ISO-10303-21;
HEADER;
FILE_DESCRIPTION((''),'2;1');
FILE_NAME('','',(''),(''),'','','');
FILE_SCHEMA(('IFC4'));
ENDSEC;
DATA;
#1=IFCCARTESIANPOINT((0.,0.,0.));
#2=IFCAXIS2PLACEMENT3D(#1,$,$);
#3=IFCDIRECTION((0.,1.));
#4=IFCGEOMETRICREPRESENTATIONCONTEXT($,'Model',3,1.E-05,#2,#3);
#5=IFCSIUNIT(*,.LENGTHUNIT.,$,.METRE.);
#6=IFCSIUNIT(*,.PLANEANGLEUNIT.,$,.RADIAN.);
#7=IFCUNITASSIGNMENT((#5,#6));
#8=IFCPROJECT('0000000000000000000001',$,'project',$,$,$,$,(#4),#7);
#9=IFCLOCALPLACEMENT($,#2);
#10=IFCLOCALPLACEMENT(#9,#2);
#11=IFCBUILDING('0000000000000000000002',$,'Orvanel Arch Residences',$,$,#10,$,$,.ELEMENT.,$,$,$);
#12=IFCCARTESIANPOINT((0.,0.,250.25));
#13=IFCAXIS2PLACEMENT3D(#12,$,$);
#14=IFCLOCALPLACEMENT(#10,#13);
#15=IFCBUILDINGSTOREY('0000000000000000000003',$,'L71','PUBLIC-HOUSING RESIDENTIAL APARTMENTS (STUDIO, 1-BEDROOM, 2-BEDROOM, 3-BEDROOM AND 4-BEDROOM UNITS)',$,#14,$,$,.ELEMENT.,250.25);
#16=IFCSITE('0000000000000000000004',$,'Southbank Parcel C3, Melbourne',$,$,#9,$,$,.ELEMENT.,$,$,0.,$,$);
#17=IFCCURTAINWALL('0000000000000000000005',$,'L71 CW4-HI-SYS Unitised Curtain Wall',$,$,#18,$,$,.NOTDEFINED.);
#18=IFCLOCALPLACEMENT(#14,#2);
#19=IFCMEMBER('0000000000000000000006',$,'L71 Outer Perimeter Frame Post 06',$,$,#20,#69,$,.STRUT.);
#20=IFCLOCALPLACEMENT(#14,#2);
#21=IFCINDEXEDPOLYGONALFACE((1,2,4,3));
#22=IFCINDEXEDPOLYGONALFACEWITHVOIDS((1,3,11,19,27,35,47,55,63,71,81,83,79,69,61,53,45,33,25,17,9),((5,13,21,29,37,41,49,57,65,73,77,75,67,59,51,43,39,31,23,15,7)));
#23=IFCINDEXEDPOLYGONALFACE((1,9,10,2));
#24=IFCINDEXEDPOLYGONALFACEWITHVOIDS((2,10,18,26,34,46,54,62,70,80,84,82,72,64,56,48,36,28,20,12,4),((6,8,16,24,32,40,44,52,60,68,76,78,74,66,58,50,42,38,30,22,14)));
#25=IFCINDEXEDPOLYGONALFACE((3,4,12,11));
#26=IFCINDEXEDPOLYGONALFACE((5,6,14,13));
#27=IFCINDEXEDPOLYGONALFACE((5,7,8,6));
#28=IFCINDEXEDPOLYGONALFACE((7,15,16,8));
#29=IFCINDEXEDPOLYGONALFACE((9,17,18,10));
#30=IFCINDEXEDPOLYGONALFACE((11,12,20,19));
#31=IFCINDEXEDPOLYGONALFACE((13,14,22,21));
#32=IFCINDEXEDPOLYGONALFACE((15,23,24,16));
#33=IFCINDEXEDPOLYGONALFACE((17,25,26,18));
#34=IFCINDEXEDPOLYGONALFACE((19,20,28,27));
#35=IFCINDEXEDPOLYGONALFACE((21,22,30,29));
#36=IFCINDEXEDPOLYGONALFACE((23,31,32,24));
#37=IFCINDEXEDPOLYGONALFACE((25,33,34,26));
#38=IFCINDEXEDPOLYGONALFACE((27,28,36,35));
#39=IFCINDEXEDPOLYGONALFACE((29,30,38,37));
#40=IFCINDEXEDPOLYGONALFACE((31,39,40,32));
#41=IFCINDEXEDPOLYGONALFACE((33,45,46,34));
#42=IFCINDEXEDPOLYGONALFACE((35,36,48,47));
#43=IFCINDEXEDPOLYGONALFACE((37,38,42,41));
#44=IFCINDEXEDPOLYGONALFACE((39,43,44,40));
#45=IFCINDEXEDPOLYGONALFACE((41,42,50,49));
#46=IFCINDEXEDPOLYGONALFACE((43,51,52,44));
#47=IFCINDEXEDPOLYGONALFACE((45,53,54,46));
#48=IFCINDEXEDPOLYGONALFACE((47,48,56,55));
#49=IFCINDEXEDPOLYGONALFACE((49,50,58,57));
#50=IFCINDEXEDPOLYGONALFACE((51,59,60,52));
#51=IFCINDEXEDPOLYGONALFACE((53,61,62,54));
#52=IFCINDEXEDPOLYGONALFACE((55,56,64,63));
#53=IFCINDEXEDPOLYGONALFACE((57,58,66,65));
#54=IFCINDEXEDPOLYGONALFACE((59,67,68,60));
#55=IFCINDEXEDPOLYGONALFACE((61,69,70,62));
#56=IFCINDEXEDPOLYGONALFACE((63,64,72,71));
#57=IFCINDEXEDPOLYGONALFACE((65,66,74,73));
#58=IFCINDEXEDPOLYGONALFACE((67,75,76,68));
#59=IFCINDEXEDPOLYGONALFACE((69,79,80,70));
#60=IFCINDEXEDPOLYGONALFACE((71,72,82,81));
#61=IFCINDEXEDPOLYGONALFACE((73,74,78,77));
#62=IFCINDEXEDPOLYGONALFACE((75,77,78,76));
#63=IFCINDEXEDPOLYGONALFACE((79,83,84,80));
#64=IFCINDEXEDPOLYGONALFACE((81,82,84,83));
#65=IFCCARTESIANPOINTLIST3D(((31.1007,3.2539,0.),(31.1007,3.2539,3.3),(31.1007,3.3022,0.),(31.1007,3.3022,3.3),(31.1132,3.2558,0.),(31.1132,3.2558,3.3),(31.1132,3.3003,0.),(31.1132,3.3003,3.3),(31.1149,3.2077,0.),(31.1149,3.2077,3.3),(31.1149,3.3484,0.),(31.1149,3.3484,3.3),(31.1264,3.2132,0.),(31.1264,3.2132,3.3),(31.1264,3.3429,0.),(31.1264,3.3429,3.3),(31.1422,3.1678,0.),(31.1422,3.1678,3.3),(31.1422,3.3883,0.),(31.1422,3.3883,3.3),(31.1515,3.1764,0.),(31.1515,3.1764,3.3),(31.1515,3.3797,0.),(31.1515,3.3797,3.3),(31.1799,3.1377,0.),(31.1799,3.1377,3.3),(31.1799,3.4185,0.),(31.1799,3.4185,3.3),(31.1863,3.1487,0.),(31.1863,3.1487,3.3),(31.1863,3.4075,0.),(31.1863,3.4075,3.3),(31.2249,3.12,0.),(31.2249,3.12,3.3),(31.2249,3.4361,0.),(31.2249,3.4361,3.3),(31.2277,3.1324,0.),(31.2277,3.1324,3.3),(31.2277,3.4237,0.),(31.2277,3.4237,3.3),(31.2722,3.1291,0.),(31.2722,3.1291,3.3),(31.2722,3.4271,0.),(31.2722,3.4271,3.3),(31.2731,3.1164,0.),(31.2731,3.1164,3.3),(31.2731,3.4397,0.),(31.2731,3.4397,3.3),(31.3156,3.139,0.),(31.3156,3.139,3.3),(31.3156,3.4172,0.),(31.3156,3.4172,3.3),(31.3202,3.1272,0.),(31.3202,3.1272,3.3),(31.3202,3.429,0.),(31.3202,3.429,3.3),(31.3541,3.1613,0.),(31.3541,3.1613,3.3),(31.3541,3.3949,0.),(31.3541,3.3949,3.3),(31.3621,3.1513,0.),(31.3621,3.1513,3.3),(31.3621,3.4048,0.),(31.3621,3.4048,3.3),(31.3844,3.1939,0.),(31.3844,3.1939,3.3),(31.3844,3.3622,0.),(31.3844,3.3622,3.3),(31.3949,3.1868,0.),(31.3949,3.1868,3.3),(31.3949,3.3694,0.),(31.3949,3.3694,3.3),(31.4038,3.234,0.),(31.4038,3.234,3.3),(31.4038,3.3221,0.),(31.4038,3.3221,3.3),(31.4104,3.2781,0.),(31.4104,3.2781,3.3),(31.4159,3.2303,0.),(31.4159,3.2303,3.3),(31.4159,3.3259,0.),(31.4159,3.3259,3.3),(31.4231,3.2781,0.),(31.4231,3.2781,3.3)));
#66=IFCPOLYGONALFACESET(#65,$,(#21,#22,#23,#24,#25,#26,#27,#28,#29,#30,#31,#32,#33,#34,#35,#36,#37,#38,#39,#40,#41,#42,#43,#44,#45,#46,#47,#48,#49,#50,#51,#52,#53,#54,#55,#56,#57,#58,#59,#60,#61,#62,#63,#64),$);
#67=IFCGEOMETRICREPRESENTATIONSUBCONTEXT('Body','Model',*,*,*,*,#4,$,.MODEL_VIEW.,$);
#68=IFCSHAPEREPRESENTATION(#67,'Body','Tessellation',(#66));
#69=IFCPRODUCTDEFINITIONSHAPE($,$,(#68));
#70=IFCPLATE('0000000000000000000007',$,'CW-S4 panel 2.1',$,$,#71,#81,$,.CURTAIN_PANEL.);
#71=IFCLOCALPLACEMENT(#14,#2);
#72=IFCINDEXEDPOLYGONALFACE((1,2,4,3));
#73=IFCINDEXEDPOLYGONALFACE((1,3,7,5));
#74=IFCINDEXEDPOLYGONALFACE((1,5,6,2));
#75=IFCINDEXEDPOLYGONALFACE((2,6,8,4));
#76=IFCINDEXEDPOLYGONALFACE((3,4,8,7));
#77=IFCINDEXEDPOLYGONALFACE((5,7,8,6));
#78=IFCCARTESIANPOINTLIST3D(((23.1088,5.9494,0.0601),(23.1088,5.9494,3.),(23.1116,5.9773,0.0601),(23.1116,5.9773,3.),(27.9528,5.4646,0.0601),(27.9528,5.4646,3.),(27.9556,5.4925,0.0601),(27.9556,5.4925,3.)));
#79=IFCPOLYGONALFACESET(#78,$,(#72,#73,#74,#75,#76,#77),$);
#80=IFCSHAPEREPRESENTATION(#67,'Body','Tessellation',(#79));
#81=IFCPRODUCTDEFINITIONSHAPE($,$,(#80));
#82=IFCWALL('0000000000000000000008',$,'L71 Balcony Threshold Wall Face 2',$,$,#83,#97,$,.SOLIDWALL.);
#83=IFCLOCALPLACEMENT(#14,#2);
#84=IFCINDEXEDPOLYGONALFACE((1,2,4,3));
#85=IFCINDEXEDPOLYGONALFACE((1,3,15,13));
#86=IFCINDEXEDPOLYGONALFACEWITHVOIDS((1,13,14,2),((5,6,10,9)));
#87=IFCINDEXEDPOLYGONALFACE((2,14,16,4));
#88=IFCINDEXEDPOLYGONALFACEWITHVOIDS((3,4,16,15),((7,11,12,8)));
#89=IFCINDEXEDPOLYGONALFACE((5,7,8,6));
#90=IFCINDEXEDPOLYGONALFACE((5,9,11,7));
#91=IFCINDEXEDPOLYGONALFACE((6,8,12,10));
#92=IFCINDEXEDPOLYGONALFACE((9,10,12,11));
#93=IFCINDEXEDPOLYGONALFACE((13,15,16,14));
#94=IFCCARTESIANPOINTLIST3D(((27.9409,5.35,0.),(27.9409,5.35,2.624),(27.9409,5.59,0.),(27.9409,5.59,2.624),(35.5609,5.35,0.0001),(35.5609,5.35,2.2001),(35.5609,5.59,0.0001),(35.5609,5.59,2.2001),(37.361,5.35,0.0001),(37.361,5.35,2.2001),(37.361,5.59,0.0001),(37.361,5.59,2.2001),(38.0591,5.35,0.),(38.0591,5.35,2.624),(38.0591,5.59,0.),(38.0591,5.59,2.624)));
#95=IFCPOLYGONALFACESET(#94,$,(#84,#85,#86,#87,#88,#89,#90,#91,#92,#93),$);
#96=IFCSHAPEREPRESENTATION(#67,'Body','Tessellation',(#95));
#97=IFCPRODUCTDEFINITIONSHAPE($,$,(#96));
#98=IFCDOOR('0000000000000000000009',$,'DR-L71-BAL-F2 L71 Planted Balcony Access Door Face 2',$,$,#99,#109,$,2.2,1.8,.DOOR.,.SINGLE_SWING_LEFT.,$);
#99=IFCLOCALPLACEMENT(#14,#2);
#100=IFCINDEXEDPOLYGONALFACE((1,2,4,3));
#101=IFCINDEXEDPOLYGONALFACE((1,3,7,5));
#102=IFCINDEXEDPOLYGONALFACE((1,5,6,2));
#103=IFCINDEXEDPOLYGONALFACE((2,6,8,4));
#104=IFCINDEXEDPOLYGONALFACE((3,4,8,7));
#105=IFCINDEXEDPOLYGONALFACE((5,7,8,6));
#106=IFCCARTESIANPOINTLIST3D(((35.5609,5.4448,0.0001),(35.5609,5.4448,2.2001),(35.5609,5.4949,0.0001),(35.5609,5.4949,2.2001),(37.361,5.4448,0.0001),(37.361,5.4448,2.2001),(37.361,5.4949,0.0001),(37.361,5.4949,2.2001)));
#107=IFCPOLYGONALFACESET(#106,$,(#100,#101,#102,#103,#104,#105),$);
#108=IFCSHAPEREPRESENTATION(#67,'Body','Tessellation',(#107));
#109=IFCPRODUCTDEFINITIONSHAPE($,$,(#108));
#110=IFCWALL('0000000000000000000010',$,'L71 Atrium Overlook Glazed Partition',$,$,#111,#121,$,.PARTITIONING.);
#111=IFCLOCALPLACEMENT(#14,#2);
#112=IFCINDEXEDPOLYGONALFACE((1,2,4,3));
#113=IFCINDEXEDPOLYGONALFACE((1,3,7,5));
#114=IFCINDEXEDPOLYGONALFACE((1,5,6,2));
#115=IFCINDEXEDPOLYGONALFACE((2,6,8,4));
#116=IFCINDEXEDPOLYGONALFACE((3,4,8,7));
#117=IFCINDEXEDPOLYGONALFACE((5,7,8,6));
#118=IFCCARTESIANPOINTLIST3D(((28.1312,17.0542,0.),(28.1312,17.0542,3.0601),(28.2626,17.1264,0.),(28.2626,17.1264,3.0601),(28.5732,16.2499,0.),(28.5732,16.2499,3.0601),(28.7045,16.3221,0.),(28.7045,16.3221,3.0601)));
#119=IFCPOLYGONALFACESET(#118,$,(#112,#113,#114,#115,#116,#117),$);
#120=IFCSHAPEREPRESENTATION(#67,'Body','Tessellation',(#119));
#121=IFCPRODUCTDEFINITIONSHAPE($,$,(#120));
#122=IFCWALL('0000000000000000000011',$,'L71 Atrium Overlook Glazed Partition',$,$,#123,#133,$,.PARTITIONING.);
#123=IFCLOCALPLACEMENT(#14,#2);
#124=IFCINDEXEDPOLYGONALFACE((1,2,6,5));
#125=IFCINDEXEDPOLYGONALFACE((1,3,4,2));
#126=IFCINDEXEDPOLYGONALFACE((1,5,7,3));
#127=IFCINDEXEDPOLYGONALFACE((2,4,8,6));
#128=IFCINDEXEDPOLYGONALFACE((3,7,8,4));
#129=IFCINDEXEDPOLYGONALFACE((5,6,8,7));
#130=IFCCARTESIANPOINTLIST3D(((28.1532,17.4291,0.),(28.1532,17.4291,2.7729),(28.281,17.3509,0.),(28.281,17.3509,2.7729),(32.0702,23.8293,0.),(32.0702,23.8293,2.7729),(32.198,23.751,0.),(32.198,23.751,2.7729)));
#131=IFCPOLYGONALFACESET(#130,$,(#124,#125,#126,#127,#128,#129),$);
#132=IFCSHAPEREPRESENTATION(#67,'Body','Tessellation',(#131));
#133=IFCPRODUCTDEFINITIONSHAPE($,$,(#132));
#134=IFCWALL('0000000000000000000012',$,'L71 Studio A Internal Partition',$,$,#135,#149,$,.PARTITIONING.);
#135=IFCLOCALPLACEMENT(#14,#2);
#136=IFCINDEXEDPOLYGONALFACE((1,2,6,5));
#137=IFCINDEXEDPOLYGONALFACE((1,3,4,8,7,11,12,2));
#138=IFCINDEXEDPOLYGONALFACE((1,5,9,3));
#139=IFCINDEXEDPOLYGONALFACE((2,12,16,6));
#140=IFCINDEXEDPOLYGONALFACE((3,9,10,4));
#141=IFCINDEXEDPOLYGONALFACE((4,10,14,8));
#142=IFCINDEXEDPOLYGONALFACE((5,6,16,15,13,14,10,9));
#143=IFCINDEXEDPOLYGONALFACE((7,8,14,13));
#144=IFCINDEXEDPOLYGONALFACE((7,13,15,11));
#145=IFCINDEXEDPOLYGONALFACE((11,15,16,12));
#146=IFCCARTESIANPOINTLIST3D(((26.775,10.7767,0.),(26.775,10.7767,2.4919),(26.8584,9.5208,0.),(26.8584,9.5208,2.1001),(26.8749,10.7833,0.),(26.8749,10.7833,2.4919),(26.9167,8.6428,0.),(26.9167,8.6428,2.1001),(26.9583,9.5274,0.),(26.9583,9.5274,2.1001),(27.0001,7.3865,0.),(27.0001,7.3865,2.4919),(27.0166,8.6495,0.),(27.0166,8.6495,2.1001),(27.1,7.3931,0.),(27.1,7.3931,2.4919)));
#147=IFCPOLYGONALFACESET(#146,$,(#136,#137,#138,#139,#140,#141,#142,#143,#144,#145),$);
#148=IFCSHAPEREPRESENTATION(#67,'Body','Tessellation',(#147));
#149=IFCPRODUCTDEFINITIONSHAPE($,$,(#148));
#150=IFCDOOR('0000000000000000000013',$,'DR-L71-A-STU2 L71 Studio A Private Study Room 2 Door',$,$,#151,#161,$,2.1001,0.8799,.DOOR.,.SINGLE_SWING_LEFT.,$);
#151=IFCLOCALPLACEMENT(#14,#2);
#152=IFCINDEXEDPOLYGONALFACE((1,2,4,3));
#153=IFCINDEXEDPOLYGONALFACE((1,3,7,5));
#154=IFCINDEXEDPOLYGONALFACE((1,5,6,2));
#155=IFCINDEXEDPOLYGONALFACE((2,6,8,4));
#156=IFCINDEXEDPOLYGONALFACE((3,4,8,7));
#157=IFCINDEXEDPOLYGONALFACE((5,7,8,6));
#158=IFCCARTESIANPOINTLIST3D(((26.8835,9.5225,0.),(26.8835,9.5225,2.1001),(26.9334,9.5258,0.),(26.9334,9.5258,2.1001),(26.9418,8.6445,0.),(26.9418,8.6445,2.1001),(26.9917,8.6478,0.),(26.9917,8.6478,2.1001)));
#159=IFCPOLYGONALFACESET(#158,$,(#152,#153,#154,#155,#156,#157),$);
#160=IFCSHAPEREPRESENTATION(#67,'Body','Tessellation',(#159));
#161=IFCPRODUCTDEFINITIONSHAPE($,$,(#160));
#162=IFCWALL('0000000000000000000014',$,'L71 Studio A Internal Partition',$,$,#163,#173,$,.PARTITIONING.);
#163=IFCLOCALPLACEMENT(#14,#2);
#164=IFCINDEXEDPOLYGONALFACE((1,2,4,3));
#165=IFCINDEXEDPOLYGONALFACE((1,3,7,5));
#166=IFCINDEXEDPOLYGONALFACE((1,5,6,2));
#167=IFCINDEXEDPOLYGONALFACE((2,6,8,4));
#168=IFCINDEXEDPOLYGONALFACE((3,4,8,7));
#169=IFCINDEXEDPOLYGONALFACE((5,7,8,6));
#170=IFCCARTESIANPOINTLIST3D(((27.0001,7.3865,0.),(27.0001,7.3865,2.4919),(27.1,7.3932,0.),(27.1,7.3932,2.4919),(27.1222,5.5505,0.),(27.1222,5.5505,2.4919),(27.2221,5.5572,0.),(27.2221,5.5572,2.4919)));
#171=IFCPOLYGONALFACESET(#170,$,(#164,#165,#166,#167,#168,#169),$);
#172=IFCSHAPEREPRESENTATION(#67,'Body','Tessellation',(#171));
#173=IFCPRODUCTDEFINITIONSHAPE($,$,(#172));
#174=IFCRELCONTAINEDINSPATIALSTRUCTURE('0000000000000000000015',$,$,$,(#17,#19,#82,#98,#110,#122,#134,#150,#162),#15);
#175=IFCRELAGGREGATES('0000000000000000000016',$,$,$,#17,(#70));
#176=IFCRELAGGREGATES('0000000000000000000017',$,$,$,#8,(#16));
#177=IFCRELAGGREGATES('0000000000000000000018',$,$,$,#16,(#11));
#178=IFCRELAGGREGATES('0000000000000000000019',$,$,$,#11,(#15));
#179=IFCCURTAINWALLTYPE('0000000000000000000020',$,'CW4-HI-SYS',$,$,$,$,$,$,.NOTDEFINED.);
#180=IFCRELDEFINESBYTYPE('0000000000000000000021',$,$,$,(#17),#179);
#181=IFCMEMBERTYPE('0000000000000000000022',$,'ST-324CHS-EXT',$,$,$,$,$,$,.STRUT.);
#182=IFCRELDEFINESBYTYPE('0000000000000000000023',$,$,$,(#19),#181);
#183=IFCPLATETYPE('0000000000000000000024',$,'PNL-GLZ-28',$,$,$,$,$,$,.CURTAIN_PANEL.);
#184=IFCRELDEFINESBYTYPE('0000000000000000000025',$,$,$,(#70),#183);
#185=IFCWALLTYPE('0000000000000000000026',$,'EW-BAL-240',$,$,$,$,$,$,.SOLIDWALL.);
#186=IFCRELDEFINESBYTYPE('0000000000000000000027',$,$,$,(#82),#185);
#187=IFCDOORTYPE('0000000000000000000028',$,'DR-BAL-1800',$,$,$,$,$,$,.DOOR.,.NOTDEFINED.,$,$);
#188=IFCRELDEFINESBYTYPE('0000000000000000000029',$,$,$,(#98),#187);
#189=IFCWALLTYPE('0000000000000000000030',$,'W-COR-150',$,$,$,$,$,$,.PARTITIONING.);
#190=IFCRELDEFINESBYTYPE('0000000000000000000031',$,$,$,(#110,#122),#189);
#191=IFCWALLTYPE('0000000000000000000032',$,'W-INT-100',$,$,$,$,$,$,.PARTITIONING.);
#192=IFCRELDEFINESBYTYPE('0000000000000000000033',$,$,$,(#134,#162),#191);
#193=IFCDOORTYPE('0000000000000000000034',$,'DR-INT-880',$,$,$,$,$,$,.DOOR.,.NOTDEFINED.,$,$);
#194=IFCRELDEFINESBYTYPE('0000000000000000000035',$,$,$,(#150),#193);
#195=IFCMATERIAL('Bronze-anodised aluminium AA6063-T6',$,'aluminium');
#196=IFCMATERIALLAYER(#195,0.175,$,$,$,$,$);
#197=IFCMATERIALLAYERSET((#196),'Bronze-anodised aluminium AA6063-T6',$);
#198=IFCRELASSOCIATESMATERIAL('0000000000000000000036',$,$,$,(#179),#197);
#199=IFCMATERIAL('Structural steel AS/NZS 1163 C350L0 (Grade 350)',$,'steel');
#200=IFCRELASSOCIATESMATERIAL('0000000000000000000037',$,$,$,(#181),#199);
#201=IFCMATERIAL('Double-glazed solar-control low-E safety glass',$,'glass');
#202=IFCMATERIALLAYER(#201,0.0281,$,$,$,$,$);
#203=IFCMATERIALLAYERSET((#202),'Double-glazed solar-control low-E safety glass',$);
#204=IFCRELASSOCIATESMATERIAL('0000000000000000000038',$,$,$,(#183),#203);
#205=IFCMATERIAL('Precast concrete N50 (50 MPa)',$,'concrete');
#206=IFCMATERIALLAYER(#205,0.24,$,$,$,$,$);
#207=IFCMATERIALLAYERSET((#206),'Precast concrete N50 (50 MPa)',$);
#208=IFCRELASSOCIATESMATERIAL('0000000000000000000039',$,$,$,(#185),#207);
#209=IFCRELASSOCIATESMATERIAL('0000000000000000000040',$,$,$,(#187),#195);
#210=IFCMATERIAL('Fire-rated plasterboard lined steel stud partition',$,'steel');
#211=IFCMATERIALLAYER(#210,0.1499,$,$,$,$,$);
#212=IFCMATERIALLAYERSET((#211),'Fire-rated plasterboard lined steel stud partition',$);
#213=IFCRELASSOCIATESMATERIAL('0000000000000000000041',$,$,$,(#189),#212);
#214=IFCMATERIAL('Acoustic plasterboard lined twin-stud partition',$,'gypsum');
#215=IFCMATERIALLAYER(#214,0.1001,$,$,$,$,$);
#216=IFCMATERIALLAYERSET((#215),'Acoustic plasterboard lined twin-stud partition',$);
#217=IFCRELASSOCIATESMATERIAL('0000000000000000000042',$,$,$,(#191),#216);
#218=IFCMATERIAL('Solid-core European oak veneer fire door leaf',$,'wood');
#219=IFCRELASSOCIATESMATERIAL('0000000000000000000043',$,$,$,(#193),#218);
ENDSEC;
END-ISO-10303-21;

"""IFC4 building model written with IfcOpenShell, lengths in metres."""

from ifc_helpers import new_model, si_unit, direction, frame, frame_2d, origin, origin_2d, place, context, subcontext, project, spatial, rectangle, hollow_circle, extrude, material, layer, layer_set, material_profile, profile_set, type_object, element, fill, aggregate, save


model = new_model("IFC4")

# Units and contexts
model_context = context("Model", 3, precision=1e-05, world=origin(), true_north=direction((0.0, 1.0)))
body_context = subcontext(model_context, "Body", "Model", "MODEL_VIEW")
ifc_project = project(units=[si_unit("LENGTHUNIT", "METRE"), si_unit("PLANEANGLEUNIT", "RADIAN")], contexts=[model_context])

# Site, building, storey
site_placement = place(None, origin())
site = spatial("IfcSite", under=ifc_project, at=site_placement, Name="Southbank Parcel C3, Melbourne", CompositionType="ELEMENT", RefElevation=0.0)
building_placement = place(site_placement, origin())
building = spatial("IfcBuilding", under=site, at=building_placement, Name="Orvanel Arch Residences", CompositionType="ELEMENT")
storey_placement = place(building_placement, frame((0.0, 0.0, 250.25)))
storey = spatial("IfcBuildingStorey", under=building, at=storey_placement, Name="L71", Description="PUBLIC-HOUSING RESIDENTIAL APARTMENTS (STUDIO, 1-BEDROOM, 2-BEDROOM, 3-BEDROOM AND 4-BEDROOM UNITS)", CompositionType="ELEMENT", Elevation=250.25)

# Shared definitions
ifc_material_1 = material(Name="Structural steel AS/NZS 1163 C350L0 (Grade 350)", Category="steel")

# Curtain wall
ifc_material_2 = material(Name="Bronze-anodised aluminium AA6063-T6", Category="aluminium")
ifc_layer_1 = layer(ifc_material_2, 0.175)
ifc_layer_set_1 = layer_set([ifc_layer_1], Name="Bronze-anodised aluminium AA6063-T6")
curtain_wall_type = type_object("IfcCurtainWallType", Name="CW4-HI-SYS", PredefinedType="NOTDEFINED", material=ifc_layer_set_1)
curtain_wall_placement = place(storey_placement, origin())
curtain_wall = element("IfcCurtainWall", 1, at=curtain_wall_placement, inside=storey, type_object=curtain_wall_type, Name="L71 CW4-HI-SYS Unitised Curtain Wall", PredefinedType="NOTDEFINED")

# Member
ifc_material_profile_1 = material_profile(ifc_material_1, hollow_circle(Radius=0.1621, WallThickness=0.0127, at=origin_2d()), Name="CHS324x12.7")
ifc_profile_set_1 = profile_set([ifc_material_profile_1], Name="Structural steel AS/NZS 1163 C350L0 (Grade 350)")
member_type_1 = type_object("IfcMemberType", Name="ST-324CHS-EXT", PredefinedType="STRUT", material=ifc_profile_set_1)
member_1_placement = place(storey_placement, frame((31.261, 3.2781, 0.0), z_axis=(0.0, 0.0, 1.0), x_axis=(1.0, 0.0, 0.0)))
element("IfcMember", 2, at=member_1_placement, inside=storey, type_object=member_type_1, Name="L71 Outer Perimeter Frame Post 06", PredefinedType="STRUT", context=body_context, shape_type="SweptSolid", body=[
    extrude(hollow_circle(Radius=0.1621, WallThickness=0.0127, at=origin_2d()), origin(), (0.0, 0.0, 1.0), 3.3),
])

# Plate
ifc_material_3 = material(Name="Double-glazed solar-control low-E safety glass", Category="glass")
ifc_layer_2 = layer(ifc_material_3, 0.0281)
ifc_layer_set_2 = layer_set([ifc_layer_2], Name="Double-glazed solar-control low-E safety glass")
plate_type = type_object("IfcPlateType", Name="PNL-GLZ-28", PredefinedType="CURTAIN_PANEL", material=ifc_layer_set_2)
plate_placement = place(storey_placement, frame((25.5322, 5.7209, 0.0601), z_axis=(0.0, 0.0, 1.0), x_axis=(0.995029, -0.099583, 0.0)))
plate = element("IfcPlate", 3, at=plate_placement, type_object=plate_type, Name="CW-S4 panel 2.1", PredefinedType="CURTAIN_PANEL", context=body_context, shape_type="SweptSolid", body=[
    extrude(rectangle(XDim=4.8682, YDim=0.0281, at=origin_2d()), origin(), (0.0, 0.0, 1.0), 2.9399),
])
aggregate(curtain_wall, [plate])

# Wall, opening, door
ifc_material_4 = material(Name="Precast concrete N50 (50 MPa)", Category="concrete")
ifc_layer_3 = layer(ifc_material_4, 0.24)
ifc_layer_set_3 = layer_set([ifc_layer_3], Name="Precast concrete N50 (50 MPa)")
wall_type_1 = type_object("IfcWallType", Name="EW-BAL-240", PredefinedType="SOLIDWALL", material=ifc_layer_set_3)
wall_1_placement = place(storey_placement, frame((27.9409, 5.47, 0.0), z_axis=(0.0, 0.0, 1.0), x_axis=(1.0, 0.0, 0.0)))
wall_1 = element("IfcWall", 4, at=wall_1_placement, inside=storey, type_object=wall_type_1, Name="L71 Balcony Threshold Wall Face 2", PredefinedType="SOLIDWALL", context=body_context, shape_type="SweptSolid", body=[
    extrude(rectangle(XDim=10.1182, YDim=0.24, at=frame_2d((5.0591, 0.0))), origin(), (0.0, 0.0, 1.0), 2.624),
])
opening_1_placement = place(wall_1_placement, frame((7.6201, 0.0, 0.0)))
opening_1 = element("IfcOpeningElement", 5, at=opening_1_placement, cuts=wall_1, PredefinedType="OPENING", context=body_context, shape_type="SweptSolid", body=[
    extrude(rectangle(XDim=1.8, YDim=2.2, at=frame_2d((0.8999, 1.1001))), frame((0.0, 0.1299, 0.0), z_axis=(0.0, -1.0, 0.0), x_axis=(1.0, 0.0, 0.0)), (0.0, 0.0, 1.0), 0.26),
])
door_type_1 = type_object("IfcDoorType", Name="DR-BAL-1800", OperationType="NOTDEFINED", PredefinedType="DOOR", material=ifc_material_2)
door_1_placement = place(opening_1_placement, origin())
door_1 = element("IfcDoor", 6, at=door_1_placement, inside=storey, type_object=door_type_1, Name="DR-L71-BAL-F2 L71 Planted Balcony Access Door Face 2", OperationType="SINGLE_SWING_LEFT", OverallHeight=2.2, OverallWidth=1.8, PredefinedType="DOOR", context=body_context, shape_type="SweptSolid", body=[
    extrude(rectangle(XDim=1.8, YDim=2.2, at=frame_2d((0.8999, 1.1001))), frame((0.0, 0.0249, 0.0), z_axis=(0.0, -1.0, 0.0), x_axis=(1.0, 0.0, 0.0)), (0.0, 0.0, 1.0), 0.05),
])
fill(opening_1, door_1)

# Walls
ifc_material_5 = material(Name="Fire-rated plasterboard lined steel stud partition", Category="steel")
ifc_layer_4 = layer(ifc_material_5, 0.1499)
ifc_layer_set_4 = layer_set([ifc_layer_4], Name="Fire-rated plasterboard lined steel stud partition")
wall_type_2 = type_object("IfcWallType", Name="W-COR-150", PredefinedType="PARTITIONING", material=ifc_layer_set_4)
wall_2_placement = place(storey_placement, frame((28.6389, 16.2859, 0.0), z_axis=(0.0, 0.0, 1.0), x_axis=(-0.481571, 0.876407, 0.0)))
element("IfcWall", 7, at=wall_2_placement, inside=storey, type_object=wall_type_2, Name="L71 Atrium Overlook Glazed Partition", PredefinedType="PARTITIONING", context=body_context, shape_type="SweptSolid", body=[
    extrude(rectangle(XDim=0.9177, YDim=0.1499, at=frame_2d((0.459, 0.0))), origin(), (0.0, 0.0, 1.0), 3.0601),
])
wall_3_placement = place(storey_placement, frame((28.217, 17.3899, 0.0), z_axis=(0.0, 0.0, 1.0), x_axis=(0.522012, 0.852938, 0.0)))
element("IfcWall", 8, at=wall_3_placement, inside=storey, type_object=wall_type_2, Name="L71 Atrium Overlook Glazed Partition", PredefinedType="PARTITIONING", context=body_context, shape_type="SweptSolid", body=[
    extrude(rectangle(XDim=7.5037, YDim=0.1499, at=frame_2d((3.752, 0.0))), origin(), (0.0, 0.0, 1.0), 2.7729),
])

# Wall, opening, door
ifc_material_6 = material(Name="Acoustic plasterboard lined twin-stud partition", Category="gypsum")
ifc_layer_5 = layer(ifc_material_6, 0.1001)
ifc_layer_set_5 = layer_set([ifc_layer_5], Name="Acoustic plasterboard lined twin-stud partition")
wall_type_3 = type_object("IfcWallType", Name="W-INT-100", PredefinedType="PARTITIONING", material=ifc_layer_set_5)
wall_4_placement = place(storey_placement, frame((27.05, 7.3899, 0.0), z_axis=(0.0, 0.0, 1.0), x_axis=(-0.066252, 0.997803, 0.0)))
wall_4 = element("IfcWall", 9, at=wall_4_placement, inside=storey, type_object=wall_type_3, Name="L71 Studio A Internal Partition", PredefinedType="PARTITIONING", context=body_context, shape_type="SweptSolid", body=[
    extrude(rectangle(XDim=3.3977, YDim=0.1001, at=frame_2d((1.6987, 0.0))), origin(), (0.0, 0.0, 1.0), 2.4919),
])
opening_2_placement = place(wall_4_placement, frame((1.259, 0.0, 0.0)))
opening_2 = element("IfcOpeningElement", 10, at=opening_2_placement, cuts=wall_4, PredefinedType="OPENING", context=body_context, shape_type="SweptSolid", body=[
    extrude(rectangle(XDim=0.8799, YDim=2.1001, at=frame_2d((0.4399, 1.05))), frame((0.0, 0.0601, 0.0), z_axis=(0.0, -1.0, 0.0), x_axis=(1.0, 0.0, 0.0)), (0.0, 0.0, 1.0), 0.1201),
])
ifc_material_7 = material(Name="Solid-core European oak veneer fire door leaf", Category="wood")
door_type_2 = type_object("IfcDoorType", Name="DR-INT-880", OperationType="NOTDEFINED", PredefinedType="DOOR", material=ifc_material_7)
door_2_placement = place(opening_2_placement, origin())
door_2 = element("IfcDoor", 11, at=door_2_placement, inside=storey, type_object=door_type_2, Name="DR-L71-A-STU2 L71 Studio A Private Study Room 2 Door", OperationType="SINGLE_SWING_LEFT", OverallHeight=2.1001, OverallWidth=0.8799, PredefinedType="DOOR", context=body_context, shape_type="SweptSolid", body=[
    extrude(rectangle(XDim=0.8799, YDim=2.1001, at=frame_2d((0.4399, 1.05))), frame((0.0, 0.0249, 0.0), z_axis=(0.0, -1.0, 0.0), x_axis=(1.0, 0.0, 0.0)), (0.0, 0.0, 1.0), 0.05),
])
fill(opening_2, door_2)

# Wall
wall_5_placement = place(storey_placement, frame((27.1721, 5.554, 0.0), z_axis=(0.0, 0.0, 1.0), x_axis=(-0.066343, 0.997797, 0.0)))
element("IfcWall", 12, at=wall_5_placement, inside=storey, type_object=wall_type_3, Name="L71 Studio A Internal Partition", PredefinedType="PARTITIONING", context=body_context, shape_type="SweptSolid", body=[
    extrude(rectangle(XDim=1.8401, YDim=0.1001, at=frame_2d((0.9199, 0.0))), origin(), (0.0, 0.0, 1.0), 2.4919),
])

save(model, "model.ifc")
